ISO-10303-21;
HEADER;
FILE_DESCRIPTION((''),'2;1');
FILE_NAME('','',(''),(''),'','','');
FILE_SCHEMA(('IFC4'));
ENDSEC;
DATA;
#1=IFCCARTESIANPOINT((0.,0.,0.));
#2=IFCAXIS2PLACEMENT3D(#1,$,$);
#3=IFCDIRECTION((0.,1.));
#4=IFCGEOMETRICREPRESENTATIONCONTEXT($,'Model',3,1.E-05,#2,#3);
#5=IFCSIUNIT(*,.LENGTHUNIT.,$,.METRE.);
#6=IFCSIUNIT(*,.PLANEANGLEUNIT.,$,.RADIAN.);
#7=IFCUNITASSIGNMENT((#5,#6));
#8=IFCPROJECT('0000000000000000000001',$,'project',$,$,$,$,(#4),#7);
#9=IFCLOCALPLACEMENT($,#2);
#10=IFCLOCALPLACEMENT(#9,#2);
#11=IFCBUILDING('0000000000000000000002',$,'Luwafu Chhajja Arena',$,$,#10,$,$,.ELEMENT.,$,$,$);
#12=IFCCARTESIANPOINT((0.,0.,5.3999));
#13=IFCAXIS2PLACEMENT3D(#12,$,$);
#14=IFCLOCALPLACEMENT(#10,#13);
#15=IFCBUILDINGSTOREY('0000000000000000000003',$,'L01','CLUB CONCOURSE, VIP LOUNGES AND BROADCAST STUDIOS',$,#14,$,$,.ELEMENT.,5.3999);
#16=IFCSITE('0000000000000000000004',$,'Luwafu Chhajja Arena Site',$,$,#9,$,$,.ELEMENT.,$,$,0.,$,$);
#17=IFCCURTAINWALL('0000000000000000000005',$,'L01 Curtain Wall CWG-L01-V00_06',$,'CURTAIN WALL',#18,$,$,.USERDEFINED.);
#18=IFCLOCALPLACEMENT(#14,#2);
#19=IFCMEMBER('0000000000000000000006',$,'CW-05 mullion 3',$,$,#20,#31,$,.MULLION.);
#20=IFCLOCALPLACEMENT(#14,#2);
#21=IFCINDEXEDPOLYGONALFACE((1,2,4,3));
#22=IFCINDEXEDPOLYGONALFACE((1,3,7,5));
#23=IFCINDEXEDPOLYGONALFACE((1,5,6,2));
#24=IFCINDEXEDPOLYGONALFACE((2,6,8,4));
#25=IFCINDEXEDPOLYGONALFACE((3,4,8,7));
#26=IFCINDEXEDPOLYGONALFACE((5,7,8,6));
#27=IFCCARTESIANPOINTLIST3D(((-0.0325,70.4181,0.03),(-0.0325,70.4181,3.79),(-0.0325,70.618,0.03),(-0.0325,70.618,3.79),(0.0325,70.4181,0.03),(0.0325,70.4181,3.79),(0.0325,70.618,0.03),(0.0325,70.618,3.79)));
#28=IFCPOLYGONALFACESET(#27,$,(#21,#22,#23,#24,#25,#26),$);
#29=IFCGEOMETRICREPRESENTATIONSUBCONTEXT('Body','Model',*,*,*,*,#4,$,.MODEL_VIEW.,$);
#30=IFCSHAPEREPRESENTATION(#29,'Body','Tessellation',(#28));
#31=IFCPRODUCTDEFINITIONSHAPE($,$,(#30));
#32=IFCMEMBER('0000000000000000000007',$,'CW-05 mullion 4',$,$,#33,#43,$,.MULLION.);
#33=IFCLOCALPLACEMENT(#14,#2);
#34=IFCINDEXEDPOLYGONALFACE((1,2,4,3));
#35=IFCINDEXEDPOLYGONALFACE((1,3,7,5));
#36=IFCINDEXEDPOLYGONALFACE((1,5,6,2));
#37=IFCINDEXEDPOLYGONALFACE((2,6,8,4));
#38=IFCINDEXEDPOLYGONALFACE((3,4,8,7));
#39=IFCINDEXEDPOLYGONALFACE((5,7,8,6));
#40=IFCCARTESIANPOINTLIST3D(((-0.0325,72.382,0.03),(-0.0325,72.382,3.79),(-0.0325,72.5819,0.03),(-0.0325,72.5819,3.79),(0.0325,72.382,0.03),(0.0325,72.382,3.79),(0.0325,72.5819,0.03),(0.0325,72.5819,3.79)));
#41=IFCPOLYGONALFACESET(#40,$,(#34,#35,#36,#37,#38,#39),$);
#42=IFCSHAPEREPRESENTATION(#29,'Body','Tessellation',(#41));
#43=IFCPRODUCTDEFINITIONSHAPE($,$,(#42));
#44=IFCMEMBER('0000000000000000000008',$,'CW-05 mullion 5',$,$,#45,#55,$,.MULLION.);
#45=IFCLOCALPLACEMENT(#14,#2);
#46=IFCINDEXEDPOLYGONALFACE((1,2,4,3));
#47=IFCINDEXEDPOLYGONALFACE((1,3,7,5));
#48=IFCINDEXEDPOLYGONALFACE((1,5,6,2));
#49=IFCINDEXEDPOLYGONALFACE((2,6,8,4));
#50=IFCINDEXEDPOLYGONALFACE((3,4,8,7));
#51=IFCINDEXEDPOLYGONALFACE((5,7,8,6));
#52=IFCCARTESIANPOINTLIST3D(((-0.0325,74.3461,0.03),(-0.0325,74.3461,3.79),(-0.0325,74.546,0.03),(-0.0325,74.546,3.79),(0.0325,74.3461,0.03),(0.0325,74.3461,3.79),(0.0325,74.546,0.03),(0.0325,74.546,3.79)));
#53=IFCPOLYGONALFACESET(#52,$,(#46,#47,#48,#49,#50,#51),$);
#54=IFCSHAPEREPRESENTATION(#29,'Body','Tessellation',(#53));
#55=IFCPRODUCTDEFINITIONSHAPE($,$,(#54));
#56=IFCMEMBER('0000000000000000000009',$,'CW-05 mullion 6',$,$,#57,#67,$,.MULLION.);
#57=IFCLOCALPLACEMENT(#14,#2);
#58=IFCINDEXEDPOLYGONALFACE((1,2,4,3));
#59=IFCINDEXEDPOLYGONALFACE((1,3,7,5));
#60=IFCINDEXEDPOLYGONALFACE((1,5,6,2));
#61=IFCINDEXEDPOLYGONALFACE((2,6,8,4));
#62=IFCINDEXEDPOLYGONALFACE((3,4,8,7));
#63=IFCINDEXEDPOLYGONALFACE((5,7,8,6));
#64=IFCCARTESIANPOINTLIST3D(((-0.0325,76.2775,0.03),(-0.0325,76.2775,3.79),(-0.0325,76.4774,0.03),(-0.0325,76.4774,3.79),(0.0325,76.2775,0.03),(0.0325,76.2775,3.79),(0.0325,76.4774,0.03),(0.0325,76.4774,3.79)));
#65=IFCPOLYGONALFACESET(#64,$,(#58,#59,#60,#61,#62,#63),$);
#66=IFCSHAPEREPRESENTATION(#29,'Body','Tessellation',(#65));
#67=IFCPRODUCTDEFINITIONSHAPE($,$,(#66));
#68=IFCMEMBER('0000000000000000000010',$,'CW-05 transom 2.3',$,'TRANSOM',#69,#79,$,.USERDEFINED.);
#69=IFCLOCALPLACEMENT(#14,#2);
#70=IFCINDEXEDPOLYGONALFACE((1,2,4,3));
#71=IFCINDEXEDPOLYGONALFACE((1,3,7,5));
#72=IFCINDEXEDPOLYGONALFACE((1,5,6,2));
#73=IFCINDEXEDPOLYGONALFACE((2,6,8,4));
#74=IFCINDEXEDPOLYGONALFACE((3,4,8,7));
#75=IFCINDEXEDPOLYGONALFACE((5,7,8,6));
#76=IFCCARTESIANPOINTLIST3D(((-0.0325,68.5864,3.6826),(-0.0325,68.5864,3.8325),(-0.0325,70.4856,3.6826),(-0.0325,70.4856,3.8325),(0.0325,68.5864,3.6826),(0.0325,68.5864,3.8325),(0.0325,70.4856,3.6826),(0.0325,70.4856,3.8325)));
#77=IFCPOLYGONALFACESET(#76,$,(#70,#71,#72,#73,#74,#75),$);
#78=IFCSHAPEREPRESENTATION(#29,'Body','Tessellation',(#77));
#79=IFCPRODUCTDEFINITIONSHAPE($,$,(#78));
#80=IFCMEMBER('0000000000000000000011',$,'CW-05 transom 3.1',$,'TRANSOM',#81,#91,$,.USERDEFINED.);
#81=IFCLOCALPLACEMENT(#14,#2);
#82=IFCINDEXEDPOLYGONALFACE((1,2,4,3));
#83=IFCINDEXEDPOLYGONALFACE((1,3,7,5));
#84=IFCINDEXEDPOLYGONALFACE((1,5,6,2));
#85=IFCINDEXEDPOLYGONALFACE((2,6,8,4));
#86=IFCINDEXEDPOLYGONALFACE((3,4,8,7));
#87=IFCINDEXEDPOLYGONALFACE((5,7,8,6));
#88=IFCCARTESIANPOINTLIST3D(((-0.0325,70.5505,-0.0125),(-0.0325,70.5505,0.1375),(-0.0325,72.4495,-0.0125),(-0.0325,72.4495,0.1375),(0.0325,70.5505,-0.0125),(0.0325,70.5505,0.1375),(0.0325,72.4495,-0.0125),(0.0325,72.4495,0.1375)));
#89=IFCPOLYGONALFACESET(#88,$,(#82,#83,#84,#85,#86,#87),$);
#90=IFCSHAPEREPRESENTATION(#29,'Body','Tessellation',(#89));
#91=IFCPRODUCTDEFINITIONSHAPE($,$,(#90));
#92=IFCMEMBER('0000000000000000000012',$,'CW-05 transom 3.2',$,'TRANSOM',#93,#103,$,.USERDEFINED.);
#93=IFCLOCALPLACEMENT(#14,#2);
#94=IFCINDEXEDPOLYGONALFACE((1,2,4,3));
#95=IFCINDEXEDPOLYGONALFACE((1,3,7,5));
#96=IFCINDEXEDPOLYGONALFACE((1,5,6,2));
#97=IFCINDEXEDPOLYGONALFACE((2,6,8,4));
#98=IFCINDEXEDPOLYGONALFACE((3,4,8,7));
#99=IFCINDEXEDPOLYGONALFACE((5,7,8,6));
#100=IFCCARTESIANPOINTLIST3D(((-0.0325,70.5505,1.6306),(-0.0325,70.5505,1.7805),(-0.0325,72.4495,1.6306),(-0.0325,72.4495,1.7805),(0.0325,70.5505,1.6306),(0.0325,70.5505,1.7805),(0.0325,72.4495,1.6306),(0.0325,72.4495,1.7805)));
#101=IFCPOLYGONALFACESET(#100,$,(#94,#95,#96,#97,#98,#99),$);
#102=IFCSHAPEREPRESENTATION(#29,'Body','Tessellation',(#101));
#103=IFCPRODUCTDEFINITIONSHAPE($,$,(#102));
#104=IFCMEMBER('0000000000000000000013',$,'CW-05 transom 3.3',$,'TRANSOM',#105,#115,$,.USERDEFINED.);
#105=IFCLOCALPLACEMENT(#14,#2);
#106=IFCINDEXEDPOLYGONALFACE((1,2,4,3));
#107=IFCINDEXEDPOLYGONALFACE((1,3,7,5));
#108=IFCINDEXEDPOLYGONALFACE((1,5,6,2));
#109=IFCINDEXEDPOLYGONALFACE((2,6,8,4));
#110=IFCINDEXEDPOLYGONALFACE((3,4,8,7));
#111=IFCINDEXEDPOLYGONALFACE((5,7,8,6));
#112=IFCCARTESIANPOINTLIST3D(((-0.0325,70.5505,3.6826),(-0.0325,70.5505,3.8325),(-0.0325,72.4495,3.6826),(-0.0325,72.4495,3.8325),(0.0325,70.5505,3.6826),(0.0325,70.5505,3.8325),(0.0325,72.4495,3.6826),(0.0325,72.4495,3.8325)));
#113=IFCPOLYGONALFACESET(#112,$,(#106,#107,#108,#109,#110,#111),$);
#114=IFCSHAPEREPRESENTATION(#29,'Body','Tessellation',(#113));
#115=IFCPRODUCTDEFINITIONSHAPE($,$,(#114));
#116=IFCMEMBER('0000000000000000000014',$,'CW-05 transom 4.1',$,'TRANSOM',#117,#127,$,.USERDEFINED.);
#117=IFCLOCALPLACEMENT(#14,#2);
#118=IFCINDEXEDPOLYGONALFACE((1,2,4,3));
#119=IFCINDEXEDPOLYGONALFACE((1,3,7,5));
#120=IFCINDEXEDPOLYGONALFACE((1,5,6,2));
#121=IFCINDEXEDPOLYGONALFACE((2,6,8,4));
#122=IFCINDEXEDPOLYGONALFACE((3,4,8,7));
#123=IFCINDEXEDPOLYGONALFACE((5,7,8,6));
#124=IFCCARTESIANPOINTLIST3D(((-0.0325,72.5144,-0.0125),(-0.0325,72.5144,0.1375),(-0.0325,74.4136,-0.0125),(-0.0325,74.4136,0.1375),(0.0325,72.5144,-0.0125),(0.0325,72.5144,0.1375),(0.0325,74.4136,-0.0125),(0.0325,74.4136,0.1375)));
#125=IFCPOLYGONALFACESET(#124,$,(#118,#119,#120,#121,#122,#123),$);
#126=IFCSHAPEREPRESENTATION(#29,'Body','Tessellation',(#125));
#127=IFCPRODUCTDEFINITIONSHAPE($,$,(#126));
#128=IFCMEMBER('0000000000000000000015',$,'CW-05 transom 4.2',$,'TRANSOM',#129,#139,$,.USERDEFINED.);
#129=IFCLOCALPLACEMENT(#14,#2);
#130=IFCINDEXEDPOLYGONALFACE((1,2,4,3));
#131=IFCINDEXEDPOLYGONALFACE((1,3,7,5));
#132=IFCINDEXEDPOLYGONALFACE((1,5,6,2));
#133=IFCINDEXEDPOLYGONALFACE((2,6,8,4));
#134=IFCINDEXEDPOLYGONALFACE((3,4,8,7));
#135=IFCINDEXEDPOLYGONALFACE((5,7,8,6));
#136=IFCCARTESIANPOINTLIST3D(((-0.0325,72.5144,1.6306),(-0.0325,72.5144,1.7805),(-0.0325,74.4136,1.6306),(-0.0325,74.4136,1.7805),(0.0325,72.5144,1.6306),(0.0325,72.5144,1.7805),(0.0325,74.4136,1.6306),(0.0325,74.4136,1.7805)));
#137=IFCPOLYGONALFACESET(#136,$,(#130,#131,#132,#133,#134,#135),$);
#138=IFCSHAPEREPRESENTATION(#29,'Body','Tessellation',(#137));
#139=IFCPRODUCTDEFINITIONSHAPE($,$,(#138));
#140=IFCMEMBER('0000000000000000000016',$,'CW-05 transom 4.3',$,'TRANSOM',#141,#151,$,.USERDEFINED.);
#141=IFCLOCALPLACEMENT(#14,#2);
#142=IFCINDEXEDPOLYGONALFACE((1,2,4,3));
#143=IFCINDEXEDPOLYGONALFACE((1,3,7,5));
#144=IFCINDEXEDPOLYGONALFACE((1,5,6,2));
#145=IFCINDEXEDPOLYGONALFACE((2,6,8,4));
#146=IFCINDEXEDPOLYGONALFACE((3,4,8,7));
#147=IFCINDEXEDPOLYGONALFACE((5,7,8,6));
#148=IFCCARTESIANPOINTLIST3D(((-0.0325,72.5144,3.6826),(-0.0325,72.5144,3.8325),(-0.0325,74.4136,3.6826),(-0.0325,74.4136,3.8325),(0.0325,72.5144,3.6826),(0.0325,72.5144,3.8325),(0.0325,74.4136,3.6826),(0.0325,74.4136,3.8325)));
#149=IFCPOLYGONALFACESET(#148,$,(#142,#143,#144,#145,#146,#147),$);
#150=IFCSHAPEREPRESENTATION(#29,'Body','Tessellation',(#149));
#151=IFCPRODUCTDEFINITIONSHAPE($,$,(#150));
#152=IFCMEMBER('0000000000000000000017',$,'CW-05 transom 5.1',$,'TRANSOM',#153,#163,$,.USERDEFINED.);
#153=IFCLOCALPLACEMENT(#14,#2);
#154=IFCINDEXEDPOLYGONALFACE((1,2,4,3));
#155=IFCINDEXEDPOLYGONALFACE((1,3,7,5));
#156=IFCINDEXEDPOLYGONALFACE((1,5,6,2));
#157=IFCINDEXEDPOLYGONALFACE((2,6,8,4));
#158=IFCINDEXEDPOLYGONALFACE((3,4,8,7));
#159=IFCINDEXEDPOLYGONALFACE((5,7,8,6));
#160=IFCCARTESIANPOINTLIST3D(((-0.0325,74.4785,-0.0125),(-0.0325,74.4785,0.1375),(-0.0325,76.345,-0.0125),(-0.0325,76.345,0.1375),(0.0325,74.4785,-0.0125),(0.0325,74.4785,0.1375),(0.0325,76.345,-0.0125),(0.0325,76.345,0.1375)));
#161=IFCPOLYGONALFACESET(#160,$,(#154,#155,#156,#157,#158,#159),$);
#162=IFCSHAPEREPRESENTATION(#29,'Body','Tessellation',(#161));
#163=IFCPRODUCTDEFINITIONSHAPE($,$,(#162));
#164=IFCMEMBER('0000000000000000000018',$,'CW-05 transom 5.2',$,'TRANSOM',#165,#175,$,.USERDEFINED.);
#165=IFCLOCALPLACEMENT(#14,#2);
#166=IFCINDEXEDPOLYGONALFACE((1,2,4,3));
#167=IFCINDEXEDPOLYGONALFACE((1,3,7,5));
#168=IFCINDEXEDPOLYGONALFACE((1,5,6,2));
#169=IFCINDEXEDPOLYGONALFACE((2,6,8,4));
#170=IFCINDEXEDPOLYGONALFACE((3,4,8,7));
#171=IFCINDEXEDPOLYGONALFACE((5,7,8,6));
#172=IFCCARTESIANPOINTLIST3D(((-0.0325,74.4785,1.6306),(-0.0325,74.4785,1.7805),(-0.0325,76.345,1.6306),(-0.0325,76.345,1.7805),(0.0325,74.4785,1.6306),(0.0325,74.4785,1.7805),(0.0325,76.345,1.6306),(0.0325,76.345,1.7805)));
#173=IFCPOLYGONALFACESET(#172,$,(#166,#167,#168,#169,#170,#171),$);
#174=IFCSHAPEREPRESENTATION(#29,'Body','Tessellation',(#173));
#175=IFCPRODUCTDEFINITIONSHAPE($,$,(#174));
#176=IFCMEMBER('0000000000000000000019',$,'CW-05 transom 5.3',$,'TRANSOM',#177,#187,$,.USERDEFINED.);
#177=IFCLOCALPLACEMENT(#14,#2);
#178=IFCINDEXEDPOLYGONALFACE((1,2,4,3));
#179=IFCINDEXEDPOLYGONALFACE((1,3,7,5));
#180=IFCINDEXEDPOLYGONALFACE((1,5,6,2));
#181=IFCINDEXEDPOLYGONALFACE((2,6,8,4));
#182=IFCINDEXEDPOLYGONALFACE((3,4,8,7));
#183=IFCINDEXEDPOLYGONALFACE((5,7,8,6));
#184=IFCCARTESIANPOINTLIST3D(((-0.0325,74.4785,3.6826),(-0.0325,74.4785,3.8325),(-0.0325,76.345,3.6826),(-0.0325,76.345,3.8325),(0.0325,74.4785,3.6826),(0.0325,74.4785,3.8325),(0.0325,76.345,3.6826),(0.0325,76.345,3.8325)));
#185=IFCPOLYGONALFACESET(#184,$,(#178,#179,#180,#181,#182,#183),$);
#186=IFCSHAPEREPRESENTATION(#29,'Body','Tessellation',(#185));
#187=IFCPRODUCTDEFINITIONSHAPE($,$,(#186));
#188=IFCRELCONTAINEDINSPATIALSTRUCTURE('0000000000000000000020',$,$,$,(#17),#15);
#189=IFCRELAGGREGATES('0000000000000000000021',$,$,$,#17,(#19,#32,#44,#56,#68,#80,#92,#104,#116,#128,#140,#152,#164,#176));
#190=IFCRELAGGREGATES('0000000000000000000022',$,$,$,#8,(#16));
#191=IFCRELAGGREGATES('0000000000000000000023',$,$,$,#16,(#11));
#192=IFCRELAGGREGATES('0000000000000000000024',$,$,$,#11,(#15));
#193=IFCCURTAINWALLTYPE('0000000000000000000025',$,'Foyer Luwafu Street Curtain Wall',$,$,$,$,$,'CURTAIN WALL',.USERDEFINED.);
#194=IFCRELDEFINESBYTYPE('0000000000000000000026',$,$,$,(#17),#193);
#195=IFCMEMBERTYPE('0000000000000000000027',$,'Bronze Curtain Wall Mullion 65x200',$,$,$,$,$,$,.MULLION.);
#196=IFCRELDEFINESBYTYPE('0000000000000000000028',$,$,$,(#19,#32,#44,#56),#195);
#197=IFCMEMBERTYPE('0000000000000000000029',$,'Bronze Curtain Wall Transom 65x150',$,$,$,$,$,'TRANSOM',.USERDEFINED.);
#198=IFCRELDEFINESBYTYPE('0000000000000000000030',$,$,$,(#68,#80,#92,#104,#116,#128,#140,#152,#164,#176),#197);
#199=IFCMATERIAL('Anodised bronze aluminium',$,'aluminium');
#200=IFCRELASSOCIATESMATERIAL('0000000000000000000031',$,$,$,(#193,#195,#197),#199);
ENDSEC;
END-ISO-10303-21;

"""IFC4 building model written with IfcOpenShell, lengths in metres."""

from ifc_helpers import new_model, si_unit, direction, frame, origin, origin_2d, place, context, subcontext, project, spatial, rectangle, extrude, material, material_profile, profile_set, type_object, element, aggregate, save


model = new_model("IFC4")

# Units and contexts
model_context = context("Model", 3, precision=1e-05, world=origin(), true_north=direction((0.0, 1.0)))
body_context = subcontext(model_context, "Body", "Model", "MODEL_VIEW")
ifc_project = project(units=[si_unit("LENGTHUNIT", "METRE"), si_unit("PLANEANGLEUNIT", "RADIAN")], contexts=[model_context])

# Site, building, storey
site_placement = place(None, origin())
site = spatial("IfcSite", under=ifc_project, at=site_placement, Name="Luwafu Chhajja Arena Site", CompositionType="ELEMENT", RefElevation=0.0)
building_placement = place(site_placement, origin())
building = spatial("IfcBuilding", under=site, at=building_placement, Name="Luwafu Chhajja Arena", CompositionType="ELEMENT")
storey_placement = place(building_placement, frame((0.0, 0.0, 5.3999)))
storey = spatial("IfcBuildingStorey", under=building, at=storey_placement, Name="L01", Description="CLUB CONCOURSE, VIP LOUNGES AND BROADCAST STUDIOS", CompositionType="ELEMENT", Elevation=5.3999)

# Curtain wall, members
ifc_material_1 = material(Name="Anodised bronze aluminium", Category="aluminium")
curtain_wall_type = type_object("IfcCurtainWallType", Name="Foyer Luwafu Street Curtain Wall", ElementType="CURTAIN WALL", PredefinedType="USERDEFINED", material=ifc_material_1)
curtain_wall_placement = place(storey_placement, origin())
curtain_wall = element("IfcCurtainWall", 1, at=curtain_wall_placement, inside=storey, type_object=curtain_wall_type, Name="L01 Curtain Wall CWG-L01-V00_06", ObjectType="CURTAIN WALL", PredefinedType="USERDEFINED")
ifc_material_profile_1 = material_profile(ifc_material_1, rectangle(XDim=0.0649, YDim=0.2, at=origin_2d()), Name="CWM 65x200")
ifc_profile_set_1 = profile_set([ifc_material_profile_1], Name="Anodised bronze aluminium")
member_type_1 = type_object("IfcMemberType", Name="Bronze Curtain Wall Mullion 65x200", PredefinedType="MULLION", material=ifc_profile_set_1)
member_1_placement = place(storey_placement, frame((0.0, 70.5181, 0.03), z_axis=(0.0, 0.0, 1.0), x_axis=(-1.0, 0.0, 0.0)))
member_1 = element("IfcMember", 2, at=member_1_placement, type_object=member_type_1, Name="CW-05 mullion 3", PredefinedType="MULLION", context=body_context, shape_type="SweptSolid", body=[
    extrude(rectangle(XDim=0.0649, YDim=0.2, at=origin_2d()), origin(), (0.0, 0.0, 1.0), 3.76),
])
member_2_placement = place(storey_placement, frame((0.0, 72.4819, 0.03), z_axis=(0.0, 0.0, 1.0), x_axis=(-1.0, 0.0, 0.0)))
member_2 = element("IfcMember", 3, at=member_2_placement, type_object=member_type_1, Name="CW-05 mullion 4", PredefinedType="MULLION", context=body_context, shape_type="SweptSolid", body=[
    extrude(rectangle(XDim=0.0649, YDim=0.2, at=origin_2d()), origin(), (0.0, 0.0, 1.0), 3.76),
])
member_3_placement = place(storey_placement, frame((0.0, 74.446, 0.03), z_axis=(0.0, 0.0, 1.0), x_axis=(-1.0, 0.0, 0.0)))
member_3 = element("IfcMember", 4, at=member_3_placement, type_object=member_type_1, Name="CW-05 mullion 5", PredefinedType="MULLION", context=body_context, shape_type="SweptSolid", body=[
    extrude(rectangle(XDim=0.0649, YDim=0.2, at=origin_2d()), origin(), (0.0, 0.0, 1.0), 3.76),
])
member_4_placement = place(storey_placement, frame((0.0, 76.3774, 0.03), z_axis=(0.0, 0.0, 1.0), x_axis=(-1.0, 0.0, 0.0)))
member_4 = element("IfcMember", 5, at=member_4_placement, type_object=member_type_1, Name="CW-05 mullion 6", PredefinedType="MULLION", context=body_context, shape_type="SweptSolid", body=[
    extrude(rectangle(XDim=0.0649, YDim=0.2, at=origin_2d()), origin(), (0.0, 0.0, 1.0), 3.76),
])
ifc_material_profile_2 = material_profile(ifc_material_1, rectangle(XDim=0.0649, YDim=0.1499, at=origin_2d()), Name="CWT 65x150")
ifc_profile_set_2 = profile_set([ifc_material_profile_2], Name="Anodised bronze aluminium")
member_type_2 = type_object("IfcMemberType", Name="Bronze Curtain Wall Transom 65x150", ElementType="TRANSOM", PredefinedType="USERDEFINED", material=ifc_profile_set_2)
member_5_placement = place(storey_placement, frame((0.0, 68.5864, 3.7576), z_axis=(0.0, 1.0, 0.0), x_axis=(-1.0, 0.0, 0.0)))
member_5 = element("IfcMember", 6, at=member_5_placement, type_object=member_type_2, Name="CW-05 transom 2.3", ObjectType="TRANSOM", PredefinedType="USERDEFINED", context=body_context, shape_type="SweptSolid", body=[
    extrude(rectangle(XDim=0.0649, YDim=0.1499, at=origin_2d()), origin(), (0.0, 0.0, 1.0), 1.8992),
])
member_6_placement = place(storey_placement, frame((0.0, 70.5505, 0.0625), z_axis=(0.0, 1.0, 0.0), x_axis=(-1.0, 0.0, 0.0)))
member_6 = element("IfcMember", 7, at=member_6_placement, type_object=member_type_2, Name="CW-05 transom 3.1", ObjectType="TRANSOM", PredefinedType="USERDEFINED", context=body_context, shape_type="SweptSolid", body=[
    extrude(rectangle(XDim=0.0649, YDim=0.1499, at=origin_2d()), origin(), (0.0, 0.0, 1.0), 1.8989),
])
member_7_placement = place(storey_placement, frame((0.0, 70.5505, 1.7056), z_axis=(0.0, 1.0, 0.0), x_axis=(-1.0, 0.0, 0.0)))
member_7 = element("IfcMember", 8, at=member_7_placement, type_object=member_type_2, Name="CW-05 transom 3.2", ObjectType="TRANSOM", PredefinedType="USERDEFINED", context=body_context, shape_type="SweptSolid", body=[
    extrude(rectangle(XDim=0.0649, YDim=0.1499, at=origin_2d()), origin(), (0.0, 0.0, 1.0), 1.8989),
])
member_8_placement = place(storey_placement, frame((0.0, 70.5505, 3.7576), z_axis=(0.0, 1.0, 0.0), x_axis=(-1.0, 0.0, 0.0)))
member_8 = element("IfcMember", 9, at=member_8_placement, type_object=member_type_2, Name="CW-05 transom 3.3", ObjectType="TRANSOM", PredefinedType="USERDEFINED", context=body_context, shape_type="SweptSolid", body=[
    extrude(rectangle(XDim=0.0649, YDim=0.1499, at=origin_2d()), origin(), (0.0, 0.0, 1.0), 1.8989),
])
member_9_placement = place(storey_placement, frame((0.0, 72.5144, 0.0625), z_axis=(0.0, 1.0, 0.0), x_axis=(-1.0, 0.0, 0.0)))
member_9 = element("IfcMember", 10, at=member_9_placement, type_object=member_type_2, Name="CW-05 transom 4.1", ObjectType="TRANSOM", PredefinedType="USERDEFINED", context=body_context, shape_type="SweptSolid", body=[
    extrude(rectangle(XDim=0.0649, YDim=0.1499, at=origin_2d()), origin(), (0.0, 0.0, 1.0), 1.8992),
])
member_10_placement = place(storey_placement, frame((0.0, 72.5144, 1.7056), z_axis=(0.0, 1.0, 0.0), x_axis=(-1.0, 0.0, 0.0)))
member_10 = element("IfcMember", 11, at=member_10_placement, type_object=member_type_2, Name="CW-05 transom 4.2", ObjectType="TRANSOM", PredefinedType="USERDEFINED", context=body_context, shape_type="SweptSolid", body=[
    extrude(rectangle(XDim=0.0649, YDim=0.1499, at=origin_2d()), origin(), (0.0, 0.0, 1.0), 1.8992),
])
member_11_placement = place(storey_placement, frame((0.0, 72.5144, 3.7576), z_axis=(0.0, 1.0, 0.0), x_axis=(-1.0, 0.0, 0.0)))
member_11 = element("IfcMember", 12, at=member_11_placement, type_object=member_type_2, Name="CW-05 transom 4.3", ObjectType="TRANSOM", PredefinedType="USERDEFINED", context=body_context, shape_type="SweptSolid", body=[
    extrude(rectangle(XDim=0.0649, YDim=0.1499, at=origin_2d()), origin(), (0.0, 0.0, 1.0), 1.8992),
])
member_12_placement = place(storey_placement, frame((0.0, 74.4785, 0.0625), z_axis=(0.0, 1.0, 0.0), x_axis=(-1.0, 0.0, 0.0)))
member_12 = element("IfcMember", 13, at=member_12_placement, type_object=member_type_2, Name="CW-05 transom 5.1", ObjectType="TRANSOM", PredefinedType="USERDEFINED", context=body_context, shape_type="SweptSolid", body=[
    extrude(rectangle(XDim=0.0649, YDim=0.1499, at=origin_2d()), origin(), (0.0, 0.0, 1.0), 1.8665),
])
member_13_placement = place(storey_placement, frame((0.0, 74.4785, 1.7056), z_axis=(0.0, 1.0, 0.0), x_axis=(-1.0, 0.0, 0.0)))
member_13 = element("IfcMember", 14, at=member_13_placement, type_object=member_type_2, Name="CW-05 transom 5.2", ObjectType="TRANSOM", PredefinedType="USERDEFINED", context=body_context, shape_type="SweptSolid", body=[
    extrude(rectangle(XDim=0.0649, YDim=0.1499, at=origin_2d()), origin(), (0.0, 0.0, 1.0), 1.8665),
])
member_14_placement = place(storey_placement, frame((0.0, 74.4785, 3.7576), z_axis=(0.0, 1.0, 0.0), x_axis=(-1.0, 0.0, 0.0)))
member_14 = element("IfcMember", 15, at=member_14_placement, type_object=member_type_2, Name="CW-05 transom 5.3", ObjectType="TRANSOM", PredefinedType="USERDEFINED", context=body_context, shape_type="SweptSolid", body=[
    extrude(rectangle(XDim=0.0649, YDim=0.1499, at=origin_2d()), origin(), (0.0, 0.0, 1.0), 1.8665),
])
aggregate(curtain_wall, [member_1, member_2, member_3, member_4, member_5, member_6, member_7, member_8, member_9, member_10, member_11, member_12, member_13, member_14])

save(model, "model.ifc")
